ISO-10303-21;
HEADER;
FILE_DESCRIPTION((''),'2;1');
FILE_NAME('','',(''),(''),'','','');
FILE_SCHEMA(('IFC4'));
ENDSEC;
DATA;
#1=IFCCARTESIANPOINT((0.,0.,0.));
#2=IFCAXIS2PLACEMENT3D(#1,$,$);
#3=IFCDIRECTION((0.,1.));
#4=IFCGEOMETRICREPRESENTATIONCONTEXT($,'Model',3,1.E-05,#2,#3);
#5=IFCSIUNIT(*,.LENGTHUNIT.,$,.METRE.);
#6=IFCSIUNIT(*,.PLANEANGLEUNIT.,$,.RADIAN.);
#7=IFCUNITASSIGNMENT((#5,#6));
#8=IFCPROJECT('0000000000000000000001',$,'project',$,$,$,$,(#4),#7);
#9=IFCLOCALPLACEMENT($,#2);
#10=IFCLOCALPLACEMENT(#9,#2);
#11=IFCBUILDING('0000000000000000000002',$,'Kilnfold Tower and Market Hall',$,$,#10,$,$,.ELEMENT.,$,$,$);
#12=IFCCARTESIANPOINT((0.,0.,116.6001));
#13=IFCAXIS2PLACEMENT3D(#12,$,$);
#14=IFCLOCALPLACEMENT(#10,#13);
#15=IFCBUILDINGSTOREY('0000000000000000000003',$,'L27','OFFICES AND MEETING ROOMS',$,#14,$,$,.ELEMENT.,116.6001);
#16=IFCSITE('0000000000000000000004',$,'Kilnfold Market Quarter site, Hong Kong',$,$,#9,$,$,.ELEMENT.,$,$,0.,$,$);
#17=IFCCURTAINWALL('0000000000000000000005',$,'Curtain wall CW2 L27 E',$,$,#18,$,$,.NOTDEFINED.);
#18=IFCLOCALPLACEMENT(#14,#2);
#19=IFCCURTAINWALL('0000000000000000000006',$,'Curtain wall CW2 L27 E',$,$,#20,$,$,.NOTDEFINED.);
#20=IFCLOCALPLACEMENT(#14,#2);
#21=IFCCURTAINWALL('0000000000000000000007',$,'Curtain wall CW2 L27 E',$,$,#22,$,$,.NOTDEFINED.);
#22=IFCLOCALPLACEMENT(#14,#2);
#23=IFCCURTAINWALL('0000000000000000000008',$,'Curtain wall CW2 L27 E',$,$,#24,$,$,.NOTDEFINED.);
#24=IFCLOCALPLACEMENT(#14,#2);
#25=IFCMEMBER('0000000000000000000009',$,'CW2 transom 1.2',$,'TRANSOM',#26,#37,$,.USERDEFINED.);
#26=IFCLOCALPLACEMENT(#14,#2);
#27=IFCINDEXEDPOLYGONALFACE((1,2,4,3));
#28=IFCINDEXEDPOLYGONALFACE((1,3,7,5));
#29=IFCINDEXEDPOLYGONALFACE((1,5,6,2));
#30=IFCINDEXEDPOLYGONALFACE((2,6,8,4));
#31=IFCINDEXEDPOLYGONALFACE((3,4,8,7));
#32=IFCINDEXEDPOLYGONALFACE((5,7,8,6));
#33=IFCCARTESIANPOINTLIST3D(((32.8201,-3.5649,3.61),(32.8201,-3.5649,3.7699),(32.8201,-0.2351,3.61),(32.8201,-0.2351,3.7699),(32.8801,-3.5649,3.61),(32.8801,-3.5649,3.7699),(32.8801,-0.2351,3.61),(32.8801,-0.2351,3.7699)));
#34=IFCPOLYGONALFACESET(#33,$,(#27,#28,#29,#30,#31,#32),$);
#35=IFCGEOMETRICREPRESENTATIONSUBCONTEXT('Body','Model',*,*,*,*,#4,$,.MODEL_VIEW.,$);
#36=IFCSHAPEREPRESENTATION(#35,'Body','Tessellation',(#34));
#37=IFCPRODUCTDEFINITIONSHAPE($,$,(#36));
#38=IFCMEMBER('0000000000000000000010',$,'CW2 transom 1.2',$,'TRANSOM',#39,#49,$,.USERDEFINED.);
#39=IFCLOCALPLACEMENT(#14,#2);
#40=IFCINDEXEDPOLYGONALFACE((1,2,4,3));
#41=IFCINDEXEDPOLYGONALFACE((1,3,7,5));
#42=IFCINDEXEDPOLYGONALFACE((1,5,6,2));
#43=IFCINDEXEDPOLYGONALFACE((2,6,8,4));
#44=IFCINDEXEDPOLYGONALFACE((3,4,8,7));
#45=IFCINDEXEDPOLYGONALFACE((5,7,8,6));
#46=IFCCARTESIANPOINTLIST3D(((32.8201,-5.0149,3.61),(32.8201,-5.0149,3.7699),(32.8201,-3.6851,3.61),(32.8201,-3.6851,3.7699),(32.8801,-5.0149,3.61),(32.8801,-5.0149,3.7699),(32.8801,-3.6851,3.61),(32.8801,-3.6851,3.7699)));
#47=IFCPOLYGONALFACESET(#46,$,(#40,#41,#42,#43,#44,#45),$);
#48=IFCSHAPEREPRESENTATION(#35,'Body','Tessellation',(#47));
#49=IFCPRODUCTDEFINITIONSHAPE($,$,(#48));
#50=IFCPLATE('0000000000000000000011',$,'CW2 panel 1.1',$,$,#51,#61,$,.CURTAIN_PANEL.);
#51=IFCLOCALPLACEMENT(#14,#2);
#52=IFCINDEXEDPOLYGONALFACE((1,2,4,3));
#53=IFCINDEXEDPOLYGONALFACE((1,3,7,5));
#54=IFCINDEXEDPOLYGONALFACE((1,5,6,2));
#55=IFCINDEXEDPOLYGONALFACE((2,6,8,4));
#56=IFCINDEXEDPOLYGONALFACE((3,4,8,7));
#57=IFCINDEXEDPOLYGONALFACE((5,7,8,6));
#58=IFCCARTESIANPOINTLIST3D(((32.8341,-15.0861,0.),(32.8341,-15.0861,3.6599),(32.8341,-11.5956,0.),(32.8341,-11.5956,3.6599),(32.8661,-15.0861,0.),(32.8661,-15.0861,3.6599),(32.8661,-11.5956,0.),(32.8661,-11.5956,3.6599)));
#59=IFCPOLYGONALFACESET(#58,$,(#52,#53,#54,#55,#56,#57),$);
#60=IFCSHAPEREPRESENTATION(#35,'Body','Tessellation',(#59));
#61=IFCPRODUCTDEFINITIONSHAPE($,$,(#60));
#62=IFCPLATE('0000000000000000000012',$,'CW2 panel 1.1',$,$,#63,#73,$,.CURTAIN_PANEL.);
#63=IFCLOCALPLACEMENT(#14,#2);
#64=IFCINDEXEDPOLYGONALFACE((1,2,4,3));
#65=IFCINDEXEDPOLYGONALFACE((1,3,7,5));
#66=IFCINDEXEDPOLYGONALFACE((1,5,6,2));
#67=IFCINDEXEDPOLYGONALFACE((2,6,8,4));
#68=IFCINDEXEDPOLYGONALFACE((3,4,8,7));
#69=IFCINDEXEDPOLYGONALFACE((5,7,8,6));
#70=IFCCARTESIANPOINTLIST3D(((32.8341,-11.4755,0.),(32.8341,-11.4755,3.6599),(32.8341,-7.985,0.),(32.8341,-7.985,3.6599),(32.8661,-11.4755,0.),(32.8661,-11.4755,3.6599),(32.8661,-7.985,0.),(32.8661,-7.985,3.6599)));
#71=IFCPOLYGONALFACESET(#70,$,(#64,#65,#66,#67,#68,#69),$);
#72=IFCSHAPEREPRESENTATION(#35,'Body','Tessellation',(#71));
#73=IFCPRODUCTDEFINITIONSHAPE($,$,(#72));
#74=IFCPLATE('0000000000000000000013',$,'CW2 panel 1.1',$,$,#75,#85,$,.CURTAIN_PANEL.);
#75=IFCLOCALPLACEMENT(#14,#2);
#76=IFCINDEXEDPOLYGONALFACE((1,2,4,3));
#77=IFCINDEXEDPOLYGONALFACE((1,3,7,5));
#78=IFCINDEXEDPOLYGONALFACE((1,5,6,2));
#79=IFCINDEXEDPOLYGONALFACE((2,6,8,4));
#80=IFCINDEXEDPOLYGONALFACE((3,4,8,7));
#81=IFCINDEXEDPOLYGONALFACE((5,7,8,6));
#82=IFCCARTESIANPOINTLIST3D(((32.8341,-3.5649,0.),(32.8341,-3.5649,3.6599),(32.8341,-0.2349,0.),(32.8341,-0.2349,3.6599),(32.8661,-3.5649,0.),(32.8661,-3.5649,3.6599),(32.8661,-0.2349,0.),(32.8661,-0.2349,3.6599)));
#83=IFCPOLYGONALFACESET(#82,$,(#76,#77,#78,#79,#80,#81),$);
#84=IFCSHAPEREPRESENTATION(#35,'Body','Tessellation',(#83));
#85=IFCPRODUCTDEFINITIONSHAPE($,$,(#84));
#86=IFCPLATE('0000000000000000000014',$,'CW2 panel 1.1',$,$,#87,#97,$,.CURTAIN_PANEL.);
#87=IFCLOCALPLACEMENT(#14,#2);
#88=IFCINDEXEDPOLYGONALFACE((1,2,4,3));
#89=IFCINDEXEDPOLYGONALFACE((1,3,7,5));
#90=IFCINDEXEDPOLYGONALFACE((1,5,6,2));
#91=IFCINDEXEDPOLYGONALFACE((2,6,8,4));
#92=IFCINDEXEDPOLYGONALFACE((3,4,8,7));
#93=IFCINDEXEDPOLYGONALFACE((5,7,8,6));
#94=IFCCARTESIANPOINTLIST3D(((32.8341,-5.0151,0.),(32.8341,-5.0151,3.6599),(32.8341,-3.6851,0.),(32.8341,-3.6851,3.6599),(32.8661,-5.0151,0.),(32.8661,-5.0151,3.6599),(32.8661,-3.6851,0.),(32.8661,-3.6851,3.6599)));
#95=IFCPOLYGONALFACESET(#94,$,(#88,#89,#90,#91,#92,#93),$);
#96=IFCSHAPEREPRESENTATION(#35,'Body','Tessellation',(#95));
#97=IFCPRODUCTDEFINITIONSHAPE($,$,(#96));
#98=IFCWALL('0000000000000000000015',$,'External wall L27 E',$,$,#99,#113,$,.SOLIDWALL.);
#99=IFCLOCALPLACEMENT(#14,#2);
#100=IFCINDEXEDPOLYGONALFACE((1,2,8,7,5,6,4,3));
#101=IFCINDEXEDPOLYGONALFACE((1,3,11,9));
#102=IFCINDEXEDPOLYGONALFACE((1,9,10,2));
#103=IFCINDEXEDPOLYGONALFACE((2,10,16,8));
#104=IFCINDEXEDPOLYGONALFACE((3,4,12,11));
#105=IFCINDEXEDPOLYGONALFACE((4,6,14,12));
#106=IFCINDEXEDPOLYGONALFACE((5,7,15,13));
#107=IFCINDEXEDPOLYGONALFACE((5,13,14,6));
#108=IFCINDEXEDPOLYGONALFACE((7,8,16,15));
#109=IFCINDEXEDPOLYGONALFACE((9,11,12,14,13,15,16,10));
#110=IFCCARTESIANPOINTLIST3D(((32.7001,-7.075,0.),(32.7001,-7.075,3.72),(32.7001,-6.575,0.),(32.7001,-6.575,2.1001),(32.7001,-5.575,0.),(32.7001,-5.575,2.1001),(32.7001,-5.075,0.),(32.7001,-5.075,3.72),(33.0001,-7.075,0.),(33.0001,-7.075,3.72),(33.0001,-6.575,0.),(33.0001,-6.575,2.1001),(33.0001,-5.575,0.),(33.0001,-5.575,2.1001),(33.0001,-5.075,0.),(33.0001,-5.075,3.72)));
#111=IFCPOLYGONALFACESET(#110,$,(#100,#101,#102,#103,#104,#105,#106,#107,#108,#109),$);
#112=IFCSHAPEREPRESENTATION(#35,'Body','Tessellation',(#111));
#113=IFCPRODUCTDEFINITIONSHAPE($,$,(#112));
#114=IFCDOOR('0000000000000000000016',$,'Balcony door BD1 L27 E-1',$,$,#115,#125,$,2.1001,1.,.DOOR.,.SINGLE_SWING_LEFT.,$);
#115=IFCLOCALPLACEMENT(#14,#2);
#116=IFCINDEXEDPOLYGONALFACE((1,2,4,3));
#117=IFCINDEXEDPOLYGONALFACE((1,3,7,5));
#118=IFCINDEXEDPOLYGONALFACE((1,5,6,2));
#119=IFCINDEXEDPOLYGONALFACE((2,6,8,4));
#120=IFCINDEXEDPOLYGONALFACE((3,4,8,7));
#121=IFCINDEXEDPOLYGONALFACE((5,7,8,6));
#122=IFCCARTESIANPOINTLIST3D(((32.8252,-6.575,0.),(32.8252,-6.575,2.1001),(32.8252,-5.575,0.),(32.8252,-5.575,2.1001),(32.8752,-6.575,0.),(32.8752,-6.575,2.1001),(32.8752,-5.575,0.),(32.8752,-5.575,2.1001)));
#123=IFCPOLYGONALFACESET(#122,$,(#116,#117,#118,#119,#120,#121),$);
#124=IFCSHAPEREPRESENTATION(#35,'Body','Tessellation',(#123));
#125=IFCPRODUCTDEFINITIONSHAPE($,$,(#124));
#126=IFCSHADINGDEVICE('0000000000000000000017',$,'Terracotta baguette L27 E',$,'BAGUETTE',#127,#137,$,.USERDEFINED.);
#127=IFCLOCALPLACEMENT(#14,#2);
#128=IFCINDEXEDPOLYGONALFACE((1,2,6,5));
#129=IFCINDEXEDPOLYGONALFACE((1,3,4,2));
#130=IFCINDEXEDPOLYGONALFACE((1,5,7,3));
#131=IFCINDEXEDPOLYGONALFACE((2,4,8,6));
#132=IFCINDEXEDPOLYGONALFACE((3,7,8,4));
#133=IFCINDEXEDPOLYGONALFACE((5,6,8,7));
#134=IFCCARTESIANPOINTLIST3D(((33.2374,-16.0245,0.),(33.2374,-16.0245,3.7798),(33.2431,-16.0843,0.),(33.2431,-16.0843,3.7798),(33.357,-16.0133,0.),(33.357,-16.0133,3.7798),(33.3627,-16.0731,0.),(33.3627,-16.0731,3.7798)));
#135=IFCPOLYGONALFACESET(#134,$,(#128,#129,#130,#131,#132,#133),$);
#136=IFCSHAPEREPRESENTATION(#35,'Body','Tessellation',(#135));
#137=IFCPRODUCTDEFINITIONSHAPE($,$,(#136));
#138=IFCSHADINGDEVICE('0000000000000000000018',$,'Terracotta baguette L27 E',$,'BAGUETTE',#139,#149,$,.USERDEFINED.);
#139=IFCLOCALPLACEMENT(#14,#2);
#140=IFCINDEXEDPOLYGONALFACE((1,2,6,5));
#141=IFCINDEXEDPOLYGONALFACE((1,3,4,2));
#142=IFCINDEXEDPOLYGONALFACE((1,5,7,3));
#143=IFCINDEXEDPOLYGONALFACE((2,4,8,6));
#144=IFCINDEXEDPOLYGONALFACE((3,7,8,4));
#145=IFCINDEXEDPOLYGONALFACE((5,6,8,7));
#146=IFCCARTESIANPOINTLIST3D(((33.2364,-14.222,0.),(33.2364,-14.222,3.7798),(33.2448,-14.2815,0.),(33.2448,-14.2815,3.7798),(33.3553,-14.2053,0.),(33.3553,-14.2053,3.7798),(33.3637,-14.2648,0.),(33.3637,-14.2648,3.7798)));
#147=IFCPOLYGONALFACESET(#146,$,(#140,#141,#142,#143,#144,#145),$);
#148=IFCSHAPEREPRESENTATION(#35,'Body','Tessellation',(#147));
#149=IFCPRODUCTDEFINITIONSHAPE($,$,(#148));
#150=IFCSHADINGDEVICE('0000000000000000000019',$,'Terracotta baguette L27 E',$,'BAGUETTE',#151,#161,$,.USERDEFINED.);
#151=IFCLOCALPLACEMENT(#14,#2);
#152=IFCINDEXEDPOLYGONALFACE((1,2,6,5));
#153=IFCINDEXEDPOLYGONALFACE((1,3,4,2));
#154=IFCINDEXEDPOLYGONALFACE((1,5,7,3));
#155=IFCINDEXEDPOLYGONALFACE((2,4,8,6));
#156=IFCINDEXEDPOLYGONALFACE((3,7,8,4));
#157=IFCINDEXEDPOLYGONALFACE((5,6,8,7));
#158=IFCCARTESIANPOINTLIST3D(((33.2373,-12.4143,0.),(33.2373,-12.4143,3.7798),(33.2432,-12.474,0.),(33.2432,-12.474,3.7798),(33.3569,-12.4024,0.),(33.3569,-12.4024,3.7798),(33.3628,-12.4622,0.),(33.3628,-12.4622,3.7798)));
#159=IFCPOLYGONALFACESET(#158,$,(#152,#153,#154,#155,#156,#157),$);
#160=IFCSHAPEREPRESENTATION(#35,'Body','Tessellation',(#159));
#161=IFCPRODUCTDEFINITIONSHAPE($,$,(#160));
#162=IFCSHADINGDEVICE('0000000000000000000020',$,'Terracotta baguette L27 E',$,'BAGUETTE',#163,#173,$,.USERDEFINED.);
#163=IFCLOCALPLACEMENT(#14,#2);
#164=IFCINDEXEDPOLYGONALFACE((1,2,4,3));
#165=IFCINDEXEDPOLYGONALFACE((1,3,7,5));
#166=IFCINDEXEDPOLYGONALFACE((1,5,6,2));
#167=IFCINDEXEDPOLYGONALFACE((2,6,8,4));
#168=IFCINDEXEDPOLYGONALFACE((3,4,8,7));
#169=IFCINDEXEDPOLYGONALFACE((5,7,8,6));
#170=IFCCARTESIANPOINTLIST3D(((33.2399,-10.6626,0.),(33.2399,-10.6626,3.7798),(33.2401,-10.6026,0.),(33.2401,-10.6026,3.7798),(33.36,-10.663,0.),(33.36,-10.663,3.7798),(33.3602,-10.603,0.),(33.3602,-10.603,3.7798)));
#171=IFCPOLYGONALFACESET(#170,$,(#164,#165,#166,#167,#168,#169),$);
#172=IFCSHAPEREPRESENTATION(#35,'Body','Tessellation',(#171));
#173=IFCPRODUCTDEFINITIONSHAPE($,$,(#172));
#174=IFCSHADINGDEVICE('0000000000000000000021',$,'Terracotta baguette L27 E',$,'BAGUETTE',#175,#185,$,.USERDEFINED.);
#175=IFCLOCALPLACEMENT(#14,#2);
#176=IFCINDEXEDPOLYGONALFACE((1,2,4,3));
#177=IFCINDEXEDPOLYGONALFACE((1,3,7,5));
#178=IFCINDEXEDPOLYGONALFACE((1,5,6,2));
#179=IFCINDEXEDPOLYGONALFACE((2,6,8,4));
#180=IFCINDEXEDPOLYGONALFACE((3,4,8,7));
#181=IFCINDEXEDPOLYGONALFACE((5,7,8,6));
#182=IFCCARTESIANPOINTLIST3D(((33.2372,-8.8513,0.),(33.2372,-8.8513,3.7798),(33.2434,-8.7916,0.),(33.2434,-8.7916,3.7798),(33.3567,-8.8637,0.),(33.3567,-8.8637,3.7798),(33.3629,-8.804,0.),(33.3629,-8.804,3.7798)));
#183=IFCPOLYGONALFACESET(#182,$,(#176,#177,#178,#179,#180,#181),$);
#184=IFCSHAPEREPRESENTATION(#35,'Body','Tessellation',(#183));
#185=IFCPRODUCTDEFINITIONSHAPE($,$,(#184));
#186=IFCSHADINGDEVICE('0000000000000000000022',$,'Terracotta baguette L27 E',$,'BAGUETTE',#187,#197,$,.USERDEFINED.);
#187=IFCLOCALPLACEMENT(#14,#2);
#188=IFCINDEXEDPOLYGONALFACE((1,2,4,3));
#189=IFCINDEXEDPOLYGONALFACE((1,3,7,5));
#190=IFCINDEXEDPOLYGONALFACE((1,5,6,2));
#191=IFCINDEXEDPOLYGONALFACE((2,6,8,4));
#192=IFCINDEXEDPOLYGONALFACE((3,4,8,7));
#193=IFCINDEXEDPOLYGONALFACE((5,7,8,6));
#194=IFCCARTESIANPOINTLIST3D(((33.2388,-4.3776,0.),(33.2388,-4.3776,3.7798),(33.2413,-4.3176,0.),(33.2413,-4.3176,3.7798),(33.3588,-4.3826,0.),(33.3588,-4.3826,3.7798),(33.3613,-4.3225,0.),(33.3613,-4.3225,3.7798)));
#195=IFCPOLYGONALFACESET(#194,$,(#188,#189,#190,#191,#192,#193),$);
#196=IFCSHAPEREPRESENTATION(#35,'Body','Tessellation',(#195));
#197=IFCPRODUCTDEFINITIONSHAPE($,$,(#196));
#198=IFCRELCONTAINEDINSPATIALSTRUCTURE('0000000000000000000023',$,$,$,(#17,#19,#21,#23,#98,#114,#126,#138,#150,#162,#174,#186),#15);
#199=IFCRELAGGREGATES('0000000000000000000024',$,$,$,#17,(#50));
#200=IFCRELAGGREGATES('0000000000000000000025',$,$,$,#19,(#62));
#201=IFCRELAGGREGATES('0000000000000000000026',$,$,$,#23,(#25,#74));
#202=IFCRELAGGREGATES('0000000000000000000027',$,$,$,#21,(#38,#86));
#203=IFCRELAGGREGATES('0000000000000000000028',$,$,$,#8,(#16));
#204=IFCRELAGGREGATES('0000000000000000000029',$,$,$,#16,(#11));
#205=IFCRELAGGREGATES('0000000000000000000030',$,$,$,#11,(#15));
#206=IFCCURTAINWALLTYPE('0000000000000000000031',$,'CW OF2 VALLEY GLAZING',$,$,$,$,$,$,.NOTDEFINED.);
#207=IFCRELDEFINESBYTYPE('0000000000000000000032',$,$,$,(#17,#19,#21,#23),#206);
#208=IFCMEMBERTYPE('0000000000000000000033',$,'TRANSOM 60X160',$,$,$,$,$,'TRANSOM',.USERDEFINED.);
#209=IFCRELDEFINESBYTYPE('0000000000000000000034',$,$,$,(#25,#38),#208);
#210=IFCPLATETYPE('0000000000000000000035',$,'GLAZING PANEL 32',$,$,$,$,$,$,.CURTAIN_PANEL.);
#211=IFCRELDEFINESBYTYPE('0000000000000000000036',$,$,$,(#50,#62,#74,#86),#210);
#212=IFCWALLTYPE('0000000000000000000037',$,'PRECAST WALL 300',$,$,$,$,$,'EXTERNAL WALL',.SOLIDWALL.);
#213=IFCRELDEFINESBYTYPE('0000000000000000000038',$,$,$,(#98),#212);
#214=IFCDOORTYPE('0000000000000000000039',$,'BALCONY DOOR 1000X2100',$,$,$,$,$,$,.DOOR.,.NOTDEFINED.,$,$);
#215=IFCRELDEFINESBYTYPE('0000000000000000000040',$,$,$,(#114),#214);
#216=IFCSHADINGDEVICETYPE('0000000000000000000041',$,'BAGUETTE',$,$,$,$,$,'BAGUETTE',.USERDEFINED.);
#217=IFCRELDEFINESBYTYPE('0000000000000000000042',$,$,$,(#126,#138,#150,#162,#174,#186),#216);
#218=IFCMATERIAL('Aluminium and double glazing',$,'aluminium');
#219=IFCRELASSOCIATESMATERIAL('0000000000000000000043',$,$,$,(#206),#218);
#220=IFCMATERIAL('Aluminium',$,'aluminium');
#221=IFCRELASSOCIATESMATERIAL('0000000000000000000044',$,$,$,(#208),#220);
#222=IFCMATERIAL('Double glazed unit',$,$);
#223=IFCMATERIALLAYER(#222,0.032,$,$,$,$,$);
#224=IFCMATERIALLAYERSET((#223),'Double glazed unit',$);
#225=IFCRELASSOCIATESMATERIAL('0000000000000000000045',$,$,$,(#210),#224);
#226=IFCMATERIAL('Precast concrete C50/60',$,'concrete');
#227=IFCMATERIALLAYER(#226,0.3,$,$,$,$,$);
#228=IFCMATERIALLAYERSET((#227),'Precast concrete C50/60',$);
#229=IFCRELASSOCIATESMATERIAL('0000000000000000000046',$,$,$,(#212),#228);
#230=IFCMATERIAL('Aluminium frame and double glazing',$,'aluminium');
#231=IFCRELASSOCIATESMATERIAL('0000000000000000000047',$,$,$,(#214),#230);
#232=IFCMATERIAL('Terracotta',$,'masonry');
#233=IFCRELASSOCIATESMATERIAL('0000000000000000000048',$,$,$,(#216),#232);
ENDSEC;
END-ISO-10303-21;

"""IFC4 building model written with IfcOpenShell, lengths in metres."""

from ifc_helpers import new_model, si_unit, direction, frame, frame_2d, origin, origin_2d, place, context, subcontext, project, spatial, rectangle, extrude, source, transform, mapped, material, layer, layer_set, material_profile, profile_set, type_object, element, fill, aggregate, save


model = new_model("IFC4")

# Units and contexts
model_context = context("Model", 3, precision=1e-05, world=origin(), true_north=direction((0.0, 1.0)))
body_context = subcontext(model_context, "Body", "Model", "MODEL_VIEW")
ifc_project = project(units=[si_unit("LENGTHUNIT", "METRE"), si_unit("PLANEANGLEUNIT", "RADIAN")], contexts=[model_context])

# Site, building, storey
site_placement = place(None, origin())
site = spatial("IfcSite", under=ifc_project, at=site_placement, Name="Kilnfold Market Quarter site, Hong Kong", CompositionType="ELEMENT", RefElevation=0.0)
building_placement = place(site_placement, origin())
building = spatial("IfcBuilding", under=site, at=building_placement, Name="Kilnfold Tower and Market Hall", CompositionType="ELEMENT")
storey_placement = place(building_placement, frame((0.0, 0.0, 116.6001)))
storey = spatial("IfcBuildingStorey", under=building, at=storey_placement, Name="L27", Description="OFFICES AND MEETING ROOMS", CompositionType="ELEMENT", Elevation=116.6001)

# Shared definitions
ifc_material_1 = material(Name="Aluminium and double glazing", Category="aluminium")
curtain_wall_type = type_object("IfcCurtainWallType", Name="CW OF2 VALLEY GLAZING", PredefinedType="NOTDEFINED", material=ifc_material_1)

# Curtain walls
curtain_wall_1_placement = place(storey_placement, origin())
curtain_wall_1 = element("IfcCurtainWall", 1, at=curtain_wall_1_placement, inside=storey, type_object=curtain_wall_type, Name="Curtain wall CW2 L27 E", PredefinedType="NOTDEFINED")
curtain_wall_2_placement = place(storey_placement, origin())
curtain_wall_2 = element("IfcCurtainWall", 2, at=curtain_wall_2_placement, inside=storey, type_object=curtain_wall_type, Name="Curtain wall CW2 L27 E", PredefinedType="NOTDEFINED")
curtain_wall_3_placement = place(storey_placement, origin())
curtain_wall_3 = element("IfcCurtainWall", 3, at=curtain_wall_3_placement, inside=storey, type_object=curtain_wall_type, Name="Curtain wall CW2 L27 E", PredefinedType="NOTDEFINED")
curtain_wall_4_placement = place(storey_placement, origin())
curtain_wall_4 = element("IfcCurtainWall", 4, at=curtain_wall_4_placement, inside=storey, type_object=curtain_wall_type, Name="Curtain wall CW2 L27 E", PredefinedType="NOTDEFINED")

# Members
ifc_material_2 = material(Name="Aluminium", Category="aluminium")
ifc_material_profile_1 = material_profile(ifc_material_2, rectangle(XDim=0.0601, YDim=0.1599, at=origin_2d()), Name="TRANSOM 60x160")
ifc_profile_set_1 = profile_set([ifc_material_profile_1], Name="Aluminium")
member_type_1 = type_object("IfcMemberType", Name="TRANSOM 60X160", ElementType="TRANSOM", PredefinedType="USERDEFINED", material=ifc_profile_set_1)
shared_shape_1 = source(origin(), body_context, "Body", "SweptSolid", [
    extrude(rectangle(XDim=0.0601, YDim=0.1599, at=origin_2d()), origin(), (0.0, 0.0, 1.0), 3.3298),
])
member_1_placement = place(storey_placement, frame((32.8501, -3.5649, 3.6899), z_axis=(0.0, 1.0, 0.0), x_axis=(-1.0, 0.0, 0.0)))
member_1 = element("IfcMember", 5, at=member_1_placement, type_object=member_type_1, Name="CW2 transom 1.2", ObjectType="TRANSOM", PredefinedType="USERDEFINED", context=body_context, shape_type="MappedRepresentation", body=[
    mapped(shared_shape_1, transform((0.0, 0.0, 0.0))),
])
shared_shape_2 = source(origin(), body_context, "Body", "SweptSolid", [
    extrude(rectangle(XDim=0.0601, YDim=0.1599, at=origin_2d()), origin(), (0.0, 0.0, 1.0), 1.3298),
])
member_2_placement = place(storey_placement, frame((32.8501, -5.0149, 3.6899), z_axis=(0.0, 1.0, 0.0), x_axis=(-1.0, 0.0, 0.0)))
member_2 = element("IfcMember", 6, at=member_2_placement, type_object=member_type_1, Name="CW2 transom 1.2", ObjectType="TRANSOM", PredefinedType="USERDEFINED", context=body_context, shape_type="MappedRepresentation", body=[
    mapped(shared_shape_2, transform((0.0, 0.0, 0.0))),
])

# Plates
ifc_material_3 = material(Name="Double glazed unit")
ifc_layer_1 = layer(ifc_material_3, 0.032)
ifc_layer_set_1 = layer_set([ifc_layer_1], Name="Double glazed unit")
plate_type = type_object("IfcPlateType", Name="GLAZING PANEL 32", PredefinedType="CURTAIN_PANEL", material=ifc_layer_set_1)
shared_shape_3 = source(origin(), body_context, "Body", "SweptSolid", [
    extrude(rectangle(XDim=3.4905, YDim=0.032, at=origin_2d()), origin(), (0.0, 0.0, 1.0), 3.6599),
])
plate_1_placement = place(storey_placement, frame((32.8501, -13.3408, 0.0), z_axis=(0.0, 0.0, 1.0), x_axis=(0.0, 1.0, 0.0)))
plate_1 = element("IfcPlate", 7, at=plate_1_placement, type_object=plate_type, Name="CW2 panel 1.1", PredefinedType="CURTAIN_PANEL", context=body_context, shape_type="MappedRepresentation", body=[
    mapped(shared_shape_3, transform((0.0, 0.0, 0.0))),
])
aggregate(curtain_wall_1, [plate_1])
plate_2_placement = place(storey_placement, frame((32.8501, -9.7302, 0.0), z_axis=(0.0, 0.0, 1.0), x_axis=(0.0, 1.0, 0.0)))
plate_2 = element("IfcPlate", 8, at=plate_2_placement, type_object=plate_type, Name="CW2 panel 1.1", PredefinedType="CURTAIN_PANEL", context=body_context, shape_type="MappedRepresentation", body=[
    mapped(shared_shape_3, transform((0.0, 0.0, 0.0))),
])
aggregate(curtain_wall_2, [plate_2])
shared_shape_4 = source(origin(), body_context, "Body", "SweptSolid", [
    extrude(rectangle(XDim=3.3301, YDim=0.032, at=origin_2d()), origin(), (0.0, 0.0, 1.0), 3.6599),
])
plate_3_placement = place(storey_placement, frame((32.8501, -1.8999, 0.0), z_axis=(0.0, 0.0, 1.0), x_axis=(0.0, 1.0, 0.0)))
plate_3 = element("IfcPlate", 9, at=plate_3_placement, type_object=plate_type, Name="CW2 panel 1.1", PredefinedType="CURTAIN_PANEL", context=body_context, shape_type="MappedRepresentation", body=[
    mapped(shared_shape_4, transform((0.0, 0.0, 0.0))),
])
aggregate(curtain_wall_4, [member_1, plate_3])
shared_shape_5 = source(origin(), body_context, "Body", "SweptSolid", [
    extrude(rectangle(XDim=1.3301, YDim=0.032, at=origin_2d()), origin(), (0.0, 0.0, 1.0), 3.6599),
])
plate_4_placement = place(storey_placement, frame((32.8501, -4.3501, 0.0), z_axis=(0.0, 0.0, 1.0), x_axis=(0.0, 1.0, 0.0)))
plate_4 = element("IfcPlate", 10, at=plate_4_placement, type_object=plate_type, Name="CW2 panel 1.1", PredefinedType="CURTAIN_PANEL", context=body_context, shape_type="MappedRepresentation", body=[
    mapped(shared_shape_5, transform((0.0, 0.0, 0.0))),
])
aggregate(curtain_wall_3, [member_2, plate_4])

# Wall, opening, door
ifc_material_4 = material(Name="Precast concrete C50/60", Category="concrete")
ifc_layer_2 = layer(ifc_material_4, 0.3)
ifc_layer_set_2 = layer_set([ifc_layer_2], Name="Precast concrete C50/60")
wall_type = type_object("IfcWallType", Name="PRECAST WALL 300", ElementType="EXTERNAL WALL", PredefinedType="SOLIDWALL", material=ifc_layer_set_2)
shared_shape_6 = source(origin(), body_context, "Body", "SweptSolid", [
    extrude(rectangle(XDim=2.0, YDim=0.3, at=frame_2d((1.0, 0.0))), origin(), (0.0, 0.0, 1.0), 3.72),
])
wall_placement = place(storey_placement, frame((32.8501, -7.075, 0.0), z_axis=(0.0, 0.0, 1.0), x_axis=(0.0, 1.0, 0.0)))
wall = element("IfcWall", 11, at=wall_placement, inside=storey, type_object=wall_type, Name="External wall L27 E", PredefinedType="SOLIDWALL", context=body_context, shape_type="MappedRepresentation", body=[
    mapped(shared_shape_6, transform((0.0, 0.0, 0.0))),
])
opening_placement = place(wall_placement, frame((0.5, 0.0, 0.0)))
opening = element("IfcOpeningElement", 12, at=opening_placement, cuts=wall, PredefinedType="OPENING", context=body_context, shape_type="SweptSolid", body=[
    extrude(rectangle(XDim=1.0, YDim=2.1001, at=frame_2d((0.5, 1.05))), frame((0.0, 0.1602, 0.0), z_axis=(0.0, -1.0, 0.0), x_axis=(1.0, 0.0, 0.0)), (0.0, 0.0, 1.0), 0.3201),
])
ifc_material_5 = material(Name="Aluminium frame and double glazing", Category="aluminium")
door_type = type_object("IfcDoorType", Name="BALCONY DOOR 1000X2100", OperationType="NOTDEFINED", PredefinedType="DOOR", material=ifc_material_5)
door_placement = place(opening_placement, origin())
door = element("IfcDoor", 13, at=door_placement, inside=storey, type_object=door_type, Name="Balcony door BD1 L27 E-1", OperationType="SINGLE_SWING_LEFT", OverallHeight=2.1001, OverallWidth=1.0, PredefinedType="DOOR", context=body_context, shape_type="SweptSolid", body=[
    extrude(rectangle(XDim=1.0, YDim=2.1001, at=frame_2d((0.5, 1.05))), frame((0.0, 0.0249, 0.0), z_axis=(0.0, -1.0, 0.0), x_axis=(1.0, 0.0, 0.0)), (0.0, 0.0, 1.0), 0.05),
])
fill(opening, door)

# Shading devices
ifc_material_6 = material(Name="Terracotta", Category="masonry")
ifc_material_profile_2 = material_profile(ifc_material_6, rectangle(XDim=0.0601, YDim=0.1201, at=origin_2d()), Name="BAG 60x120")
ifc_profile_set_2 = profile_set([ifc_material_profile_2], Name="Terracotta")
shading_device_type = type_object("IfcShadingDeviceType", Name="BAGUETTE", ElementType="BAGUETTE", PredefinedType="USERDEFINED", material=ifc_profile_set_2)
shared_shape_7 = source(origin(), body_context, "Body", "SweptSolid", [
    extrude(rectangle(XDim=0.0601, YDim=0.1201, at=origin_2d()), origin(), (0.0, 0.0, 1.0), 3.7798),
])
for number, where, z_axis, x_axis, name in (
    (14, (33.3, -16.0488, 0.0), (0.0, 0.0, 1.0), (-0.093551, 0.995615, 0.0), "Terracotta baguette L27 E"),
    (15, (33.3, -14.2434, 0.0), (0.0, 0.0, 1.0), (-0.13913, 0.990274, 0.0), "Terracotta baguette L27 E"),
    (16, (33.3, -12.4382, 0.0), (0.0, 0.0, 1.0), (-0.098592, 0.995128, 0.0), "Terracotta baguette L27 E"),
    (17, (33.3, -10.6328, 0.0), (0.0, 0.0, 1.0), (0.003433, 0.999994, 0.0), "Terracotta baguette L27 E"),
    (18, (33.3, -8.8276, 0.0), (0.0, 0.0, 1.0), (0.103303, 0.99465, 0.0), "Terracotta baguette L27 E"),
    (19, (33.3, -4.3501, 0.0), (0.0, 0.0, 1.0), (0.04088, 0.999164, 0.0), "Terracotta baguette L27 E"),
):
    element("IfcShadingDevice", number, at=place(storey_placement, frame(where, z_axis=z_axis, x_axis=x_axis)), inside=storey, type_object=shading_device_type, Name=name, ObjectType="BAGUETTE", PredefinedType="USERDEFINED", context=body_context, shape_type="MappedRepresentation", body=[
        mapped(shared_shape_7, transform((0.0, 0.0, 0.0))),
    ])

save(model, "model.ifc")
